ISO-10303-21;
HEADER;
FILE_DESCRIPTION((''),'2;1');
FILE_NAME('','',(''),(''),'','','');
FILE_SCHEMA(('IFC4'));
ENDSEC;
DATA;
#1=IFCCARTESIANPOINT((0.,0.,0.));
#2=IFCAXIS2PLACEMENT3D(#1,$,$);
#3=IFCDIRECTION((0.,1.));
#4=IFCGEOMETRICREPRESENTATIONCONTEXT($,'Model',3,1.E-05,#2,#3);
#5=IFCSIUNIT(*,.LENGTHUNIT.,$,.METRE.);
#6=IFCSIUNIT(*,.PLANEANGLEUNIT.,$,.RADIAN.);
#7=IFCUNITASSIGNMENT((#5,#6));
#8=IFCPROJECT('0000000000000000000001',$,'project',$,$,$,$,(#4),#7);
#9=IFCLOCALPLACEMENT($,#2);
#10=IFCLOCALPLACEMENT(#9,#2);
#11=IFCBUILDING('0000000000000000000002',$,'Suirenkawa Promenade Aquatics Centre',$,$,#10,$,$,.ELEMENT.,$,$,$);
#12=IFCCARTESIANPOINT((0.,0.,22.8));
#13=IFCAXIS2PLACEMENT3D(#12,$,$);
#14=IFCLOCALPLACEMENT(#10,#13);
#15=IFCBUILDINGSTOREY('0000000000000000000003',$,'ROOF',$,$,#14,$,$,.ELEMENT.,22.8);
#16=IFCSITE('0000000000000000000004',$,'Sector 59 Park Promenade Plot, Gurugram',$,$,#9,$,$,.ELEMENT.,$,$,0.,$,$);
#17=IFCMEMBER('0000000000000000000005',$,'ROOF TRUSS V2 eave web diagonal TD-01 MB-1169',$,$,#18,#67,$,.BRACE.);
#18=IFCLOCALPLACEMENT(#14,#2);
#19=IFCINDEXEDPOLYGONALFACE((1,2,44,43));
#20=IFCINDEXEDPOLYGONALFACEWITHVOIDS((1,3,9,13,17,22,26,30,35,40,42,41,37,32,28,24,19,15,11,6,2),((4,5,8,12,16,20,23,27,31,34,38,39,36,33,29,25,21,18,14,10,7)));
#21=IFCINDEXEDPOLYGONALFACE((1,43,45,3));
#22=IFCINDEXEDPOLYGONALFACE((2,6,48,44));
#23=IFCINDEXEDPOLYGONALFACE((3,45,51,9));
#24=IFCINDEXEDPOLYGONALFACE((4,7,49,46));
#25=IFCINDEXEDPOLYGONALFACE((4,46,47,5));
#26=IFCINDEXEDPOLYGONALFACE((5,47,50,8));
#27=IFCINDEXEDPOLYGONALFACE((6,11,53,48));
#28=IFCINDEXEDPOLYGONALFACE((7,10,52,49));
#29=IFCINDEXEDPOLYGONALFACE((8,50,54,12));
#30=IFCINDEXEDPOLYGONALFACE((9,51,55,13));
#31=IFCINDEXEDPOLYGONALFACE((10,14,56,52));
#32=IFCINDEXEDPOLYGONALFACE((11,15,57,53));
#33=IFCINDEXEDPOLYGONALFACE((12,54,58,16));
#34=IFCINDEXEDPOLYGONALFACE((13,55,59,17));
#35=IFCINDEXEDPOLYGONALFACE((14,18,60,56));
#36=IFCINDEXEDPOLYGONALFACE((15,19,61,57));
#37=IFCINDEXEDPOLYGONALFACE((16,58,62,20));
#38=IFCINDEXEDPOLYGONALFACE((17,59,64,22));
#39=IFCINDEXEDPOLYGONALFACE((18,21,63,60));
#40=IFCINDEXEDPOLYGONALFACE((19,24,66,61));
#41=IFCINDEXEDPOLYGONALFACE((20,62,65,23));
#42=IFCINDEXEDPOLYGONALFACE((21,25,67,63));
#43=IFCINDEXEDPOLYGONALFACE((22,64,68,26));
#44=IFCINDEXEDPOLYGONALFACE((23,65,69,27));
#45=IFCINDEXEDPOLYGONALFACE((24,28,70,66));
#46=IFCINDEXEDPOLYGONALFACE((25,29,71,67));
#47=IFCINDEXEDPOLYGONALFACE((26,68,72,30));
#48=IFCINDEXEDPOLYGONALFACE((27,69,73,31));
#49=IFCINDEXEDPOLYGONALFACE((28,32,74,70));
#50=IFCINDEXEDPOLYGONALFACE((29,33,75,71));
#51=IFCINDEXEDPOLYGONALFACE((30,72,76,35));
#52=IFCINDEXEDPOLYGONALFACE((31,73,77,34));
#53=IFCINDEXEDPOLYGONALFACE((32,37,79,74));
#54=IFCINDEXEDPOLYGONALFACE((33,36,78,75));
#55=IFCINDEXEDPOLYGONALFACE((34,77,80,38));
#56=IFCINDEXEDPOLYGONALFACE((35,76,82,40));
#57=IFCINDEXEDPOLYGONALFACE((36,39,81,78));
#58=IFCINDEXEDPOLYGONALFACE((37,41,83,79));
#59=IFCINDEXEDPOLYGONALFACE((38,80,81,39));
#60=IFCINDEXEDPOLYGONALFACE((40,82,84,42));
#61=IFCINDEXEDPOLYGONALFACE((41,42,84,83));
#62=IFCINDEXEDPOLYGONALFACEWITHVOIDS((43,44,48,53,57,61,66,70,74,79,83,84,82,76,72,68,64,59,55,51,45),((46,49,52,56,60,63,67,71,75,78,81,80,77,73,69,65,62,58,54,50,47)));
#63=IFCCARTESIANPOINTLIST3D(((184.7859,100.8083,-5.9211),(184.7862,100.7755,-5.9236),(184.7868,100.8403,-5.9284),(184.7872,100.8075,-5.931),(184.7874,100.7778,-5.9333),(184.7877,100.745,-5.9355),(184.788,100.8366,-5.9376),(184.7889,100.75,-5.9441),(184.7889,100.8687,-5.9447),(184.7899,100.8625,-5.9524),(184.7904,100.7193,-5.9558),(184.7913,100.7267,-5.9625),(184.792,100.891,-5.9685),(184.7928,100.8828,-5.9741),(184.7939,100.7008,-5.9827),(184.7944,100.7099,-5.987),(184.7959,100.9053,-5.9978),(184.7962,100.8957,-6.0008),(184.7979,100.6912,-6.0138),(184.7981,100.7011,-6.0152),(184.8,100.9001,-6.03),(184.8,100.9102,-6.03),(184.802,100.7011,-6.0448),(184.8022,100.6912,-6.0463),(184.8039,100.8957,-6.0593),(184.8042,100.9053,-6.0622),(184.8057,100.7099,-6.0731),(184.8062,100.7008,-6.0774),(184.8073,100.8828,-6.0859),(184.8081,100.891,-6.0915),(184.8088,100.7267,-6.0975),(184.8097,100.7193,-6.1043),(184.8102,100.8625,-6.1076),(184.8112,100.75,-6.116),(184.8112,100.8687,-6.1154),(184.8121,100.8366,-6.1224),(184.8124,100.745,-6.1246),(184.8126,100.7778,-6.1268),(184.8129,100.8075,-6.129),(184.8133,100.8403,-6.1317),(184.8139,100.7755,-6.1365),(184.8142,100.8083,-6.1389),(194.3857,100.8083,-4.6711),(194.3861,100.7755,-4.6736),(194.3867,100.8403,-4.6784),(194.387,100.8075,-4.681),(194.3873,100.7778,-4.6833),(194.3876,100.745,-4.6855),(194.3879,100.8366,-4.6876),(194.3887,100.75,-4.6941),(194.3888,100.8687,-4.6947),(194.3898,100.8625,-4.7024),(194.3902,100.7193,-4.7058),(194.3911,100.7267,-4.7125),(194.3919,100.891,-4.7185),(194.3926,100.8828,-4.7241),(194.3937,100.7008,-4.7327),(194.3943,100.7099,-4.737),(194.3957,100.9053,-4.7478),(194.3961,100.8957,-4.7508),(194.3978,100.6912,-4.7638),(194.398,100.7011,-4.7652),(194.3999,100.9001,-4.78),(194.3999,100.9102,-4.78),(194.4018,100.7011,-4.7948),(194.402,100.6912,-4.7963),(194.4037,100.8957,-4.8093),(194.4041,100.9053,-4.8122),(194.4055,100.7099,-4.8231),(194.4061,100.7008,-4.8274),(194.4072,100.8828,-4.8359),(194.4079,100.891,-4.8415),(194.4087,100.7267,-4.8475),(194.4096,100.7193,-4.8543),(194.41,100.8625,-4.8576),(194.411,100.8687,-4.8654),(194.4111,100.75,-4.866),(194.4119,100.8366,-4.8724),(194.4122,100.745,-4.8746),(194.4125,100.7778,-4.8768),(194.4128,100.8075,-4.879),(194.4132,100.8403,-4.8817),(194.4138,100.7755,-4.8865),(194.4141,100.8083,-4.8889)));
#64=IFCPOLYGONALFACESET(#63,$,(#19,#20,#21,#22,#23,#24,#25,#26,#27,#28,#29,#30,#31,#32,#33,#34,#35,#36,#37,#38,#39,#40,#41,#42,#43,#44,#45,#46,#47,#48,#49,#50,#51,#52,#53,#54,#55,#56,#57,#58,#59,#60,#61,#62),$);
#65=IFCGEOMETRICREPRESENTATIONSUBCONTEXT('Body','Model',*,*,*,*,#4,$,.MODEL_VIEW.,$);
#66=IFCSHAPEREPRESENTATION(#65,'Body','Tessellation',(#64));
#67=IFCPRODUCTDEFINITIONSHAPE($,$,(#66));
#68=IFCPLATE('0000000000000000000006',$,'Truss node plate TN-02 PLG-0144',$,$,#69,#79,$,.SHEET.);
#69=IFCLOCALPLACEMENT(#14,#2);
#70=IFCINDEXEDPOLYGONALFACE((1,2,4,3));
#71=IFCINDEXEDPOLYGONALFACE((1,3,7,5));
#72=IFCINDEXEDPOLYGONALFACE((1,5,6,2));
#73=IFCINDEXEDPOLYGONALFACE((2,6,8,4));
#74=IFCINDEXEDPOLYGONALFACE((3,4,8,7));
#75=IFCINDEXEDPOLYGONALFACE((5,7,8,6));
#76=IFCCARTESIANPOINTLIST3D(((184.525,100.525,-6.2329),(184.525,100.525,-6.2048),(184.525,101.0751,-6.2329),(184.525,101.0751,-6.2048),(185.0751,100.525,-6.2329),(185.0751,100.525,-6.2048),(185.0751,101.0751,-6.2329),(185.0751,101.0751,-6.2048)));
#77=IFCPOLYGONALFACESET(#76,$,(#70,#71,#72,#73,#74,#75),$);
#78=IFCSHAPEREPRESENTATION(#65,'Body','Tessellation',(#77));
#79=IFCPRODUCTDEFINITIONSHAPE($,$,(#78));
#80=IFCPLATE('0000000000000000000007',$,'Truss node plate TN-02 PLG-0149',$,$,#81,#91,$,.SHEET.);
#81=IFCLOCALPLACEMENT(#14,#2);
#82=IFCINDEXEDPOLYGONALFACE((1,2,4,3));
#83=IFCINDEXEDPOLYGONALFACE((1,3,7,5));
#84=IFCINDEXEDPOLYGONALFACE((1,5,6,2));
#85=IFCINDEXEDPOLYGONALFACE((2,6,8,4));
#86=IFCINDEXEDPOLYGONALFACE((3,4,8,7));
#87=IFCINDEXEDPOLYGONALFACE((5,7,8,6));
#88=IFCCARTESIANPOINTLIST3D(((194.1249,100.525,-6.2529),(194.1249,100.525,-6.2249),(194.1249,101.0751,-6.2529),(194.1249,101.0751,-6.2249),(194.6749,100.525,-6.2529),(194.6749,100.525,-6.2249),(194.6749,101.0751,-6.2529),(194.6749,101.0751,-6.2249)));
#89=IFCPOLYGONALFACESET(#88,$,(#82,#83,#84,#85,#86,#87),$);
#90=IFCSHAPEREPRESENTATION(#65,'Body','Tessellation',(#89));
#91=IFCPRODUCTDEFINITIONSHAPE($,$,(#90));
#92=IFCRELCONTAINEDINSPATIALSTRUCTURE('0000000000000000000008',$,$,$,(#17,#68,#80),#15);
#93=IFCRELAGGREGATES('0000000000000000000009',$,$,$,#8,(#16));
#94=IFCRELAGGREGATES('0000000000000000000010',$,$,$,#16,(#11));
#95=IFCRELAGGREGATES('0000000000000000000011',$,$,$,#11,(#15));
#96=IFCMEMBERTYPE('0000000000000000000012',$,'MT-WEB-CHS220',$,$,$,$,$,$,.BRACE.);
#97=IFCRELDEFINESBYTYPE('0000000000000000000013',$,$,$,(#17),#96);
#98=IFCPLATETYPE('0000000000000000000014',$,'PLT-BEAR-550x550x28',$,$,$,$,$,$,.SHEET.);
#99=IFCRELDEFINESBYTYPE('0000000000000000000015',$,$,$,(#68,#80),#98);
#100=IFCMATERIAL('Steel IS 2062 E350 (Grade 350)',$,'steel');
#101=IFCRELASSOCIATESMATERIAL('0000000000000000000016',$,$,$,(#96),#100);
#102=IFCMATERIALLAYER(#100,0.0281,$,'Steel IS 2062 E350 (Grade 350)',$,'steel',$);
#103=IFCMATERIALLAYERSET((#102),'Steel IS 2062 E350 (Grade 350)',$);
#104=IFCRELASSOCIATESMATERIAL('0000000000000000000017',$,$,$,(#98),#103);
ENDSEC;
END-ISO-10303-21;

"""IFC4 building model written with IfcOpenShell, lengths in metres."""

from ifc_helpers import new_model, si_unit, direction, frame, origin, origin_2d, place, context, subcontext, project, spatial, rectangle, hollow_circle, extrude, material, layer, layer_set, material_profile, profile_set, type_object, element, save


model = new_model("IFC4")

# Units and contexts
model_context = context("Model", 3, precision=1e-05, world=origin(), true_north=direction((0.0, 1.0)))
body_context = subcontext(model_context, "Body", "Model", "MODEL_VIEW")
ifc_project = project(units=[si_unit("LENGTHUNIT", "METRE"), si_unit("PLANEANGLEUNIT", "RADIAN")], contexts=[model_context])

# Site, building, storey
site_placement = place(None, origin())
site = spatial("IfcSite", under=ifc_project, at=site_placement, Name="Sector 59 Park Promenade Plot, Gurugram", CompositionType="ELEMENT", RefElevation=0.0)
building_placement = place(site_placement, origin())
building = spatial("IfcBuilding", under=site, at=building_placement, Name="Suirenkawa Promenade Aquatics Centre", CompositionType="ELEMENT")
storey_placement = place(building_placement, frame((0.0, 0.0, 22.8)))
storey = spatial("IfcBuildingStorey", under=building, at=storey_placement, Name="ROOF", CompositionType="ELEMENT", Elevation=22.8)

# Shared definitions
ifc_material = material(Name="Steel IS 2062 E350 (Grade 350)", Category="steel")

# Member
ifc_material_profile_1 = material_profile(ifc_material, hollow_circle(Radius=0.1101, WallThickness=0.01, at=origin_2d()), Name="CHS 220x10", Category="steel")
ifc_profile_set_1 = profile_set([ifc_material_profile_1], Name="Steel IS 2062 E350 (Grade 350)")
member_type_1 = type_object("IfcMemberType", Name="MT-WEB-CHS220", PredefinedType="BRACE", material=ifc_profile_set_1)
member_1_placement = place(storey_placement, frame((184.8, 100.8, -6.03), z_axis=(0.991629, 0.0, 0.12912), x_axis=(0.0, 1.0, 0.0)))
element("IfcMember", 1, at=member_1_placement, inside=storey, type_object=member_type_1, Name="ROOF TRUSS V2 eave web diagonal TD-01 MB-1169", PredefinedType="BRACE", context=body_context, shape_type="SweptSolid", body=[
    extrude(hollow_circle(Radius=0.1101, WallThickness=0.01, at=origin_2d()), origin(), (0.0, 0.0, 1.0), 9.6809),
])

# Plates
ifc_layer = layer(ifc_material, 0.0281, Name="Steel IS 2062 E350 (Grade 350)", Category="steel")
ifc_layer_set = layer_set([ifc_layer], Name="Steel IS 2062 E350 (Grade 350)")
plate_type = type_object("IfcPlateType", Name="PLT-BEAR-550x550x28", PredefinedType="SHEET", material=ifc_layer_set)
for number, where, z_axis, x_axis, name in (
    (2, (184.8, 100.8, -6.2329), (0.0, 0.0, 1.0), (1.0, 0.0, 0.0), "Truss node plate TN-02 PLG-0144"),
    (3, (194.3999, 100.8, -6.2529), (0.0, 0.0, 1.0), (1.0, 0.0, 0.0), "Truss node plate TN-02 PLG-0149"),
):
    element("IfcPlate", number, at=place(storey_placement, frame(where, z_axis=z_axis, x_axis=x_axis)), inside=storey, type_object=plate_type, Name=name, PredefinedType="SHEET", context=body_context, shape_type="SweptSolid", body=[
        extrude(rectangle(XDim=0.55, YDim=0.55, at=origin_2d()), origin(), (0.0, 0.0, 1.0), 0.0281),
    ])

save(model, "model.ifc")
